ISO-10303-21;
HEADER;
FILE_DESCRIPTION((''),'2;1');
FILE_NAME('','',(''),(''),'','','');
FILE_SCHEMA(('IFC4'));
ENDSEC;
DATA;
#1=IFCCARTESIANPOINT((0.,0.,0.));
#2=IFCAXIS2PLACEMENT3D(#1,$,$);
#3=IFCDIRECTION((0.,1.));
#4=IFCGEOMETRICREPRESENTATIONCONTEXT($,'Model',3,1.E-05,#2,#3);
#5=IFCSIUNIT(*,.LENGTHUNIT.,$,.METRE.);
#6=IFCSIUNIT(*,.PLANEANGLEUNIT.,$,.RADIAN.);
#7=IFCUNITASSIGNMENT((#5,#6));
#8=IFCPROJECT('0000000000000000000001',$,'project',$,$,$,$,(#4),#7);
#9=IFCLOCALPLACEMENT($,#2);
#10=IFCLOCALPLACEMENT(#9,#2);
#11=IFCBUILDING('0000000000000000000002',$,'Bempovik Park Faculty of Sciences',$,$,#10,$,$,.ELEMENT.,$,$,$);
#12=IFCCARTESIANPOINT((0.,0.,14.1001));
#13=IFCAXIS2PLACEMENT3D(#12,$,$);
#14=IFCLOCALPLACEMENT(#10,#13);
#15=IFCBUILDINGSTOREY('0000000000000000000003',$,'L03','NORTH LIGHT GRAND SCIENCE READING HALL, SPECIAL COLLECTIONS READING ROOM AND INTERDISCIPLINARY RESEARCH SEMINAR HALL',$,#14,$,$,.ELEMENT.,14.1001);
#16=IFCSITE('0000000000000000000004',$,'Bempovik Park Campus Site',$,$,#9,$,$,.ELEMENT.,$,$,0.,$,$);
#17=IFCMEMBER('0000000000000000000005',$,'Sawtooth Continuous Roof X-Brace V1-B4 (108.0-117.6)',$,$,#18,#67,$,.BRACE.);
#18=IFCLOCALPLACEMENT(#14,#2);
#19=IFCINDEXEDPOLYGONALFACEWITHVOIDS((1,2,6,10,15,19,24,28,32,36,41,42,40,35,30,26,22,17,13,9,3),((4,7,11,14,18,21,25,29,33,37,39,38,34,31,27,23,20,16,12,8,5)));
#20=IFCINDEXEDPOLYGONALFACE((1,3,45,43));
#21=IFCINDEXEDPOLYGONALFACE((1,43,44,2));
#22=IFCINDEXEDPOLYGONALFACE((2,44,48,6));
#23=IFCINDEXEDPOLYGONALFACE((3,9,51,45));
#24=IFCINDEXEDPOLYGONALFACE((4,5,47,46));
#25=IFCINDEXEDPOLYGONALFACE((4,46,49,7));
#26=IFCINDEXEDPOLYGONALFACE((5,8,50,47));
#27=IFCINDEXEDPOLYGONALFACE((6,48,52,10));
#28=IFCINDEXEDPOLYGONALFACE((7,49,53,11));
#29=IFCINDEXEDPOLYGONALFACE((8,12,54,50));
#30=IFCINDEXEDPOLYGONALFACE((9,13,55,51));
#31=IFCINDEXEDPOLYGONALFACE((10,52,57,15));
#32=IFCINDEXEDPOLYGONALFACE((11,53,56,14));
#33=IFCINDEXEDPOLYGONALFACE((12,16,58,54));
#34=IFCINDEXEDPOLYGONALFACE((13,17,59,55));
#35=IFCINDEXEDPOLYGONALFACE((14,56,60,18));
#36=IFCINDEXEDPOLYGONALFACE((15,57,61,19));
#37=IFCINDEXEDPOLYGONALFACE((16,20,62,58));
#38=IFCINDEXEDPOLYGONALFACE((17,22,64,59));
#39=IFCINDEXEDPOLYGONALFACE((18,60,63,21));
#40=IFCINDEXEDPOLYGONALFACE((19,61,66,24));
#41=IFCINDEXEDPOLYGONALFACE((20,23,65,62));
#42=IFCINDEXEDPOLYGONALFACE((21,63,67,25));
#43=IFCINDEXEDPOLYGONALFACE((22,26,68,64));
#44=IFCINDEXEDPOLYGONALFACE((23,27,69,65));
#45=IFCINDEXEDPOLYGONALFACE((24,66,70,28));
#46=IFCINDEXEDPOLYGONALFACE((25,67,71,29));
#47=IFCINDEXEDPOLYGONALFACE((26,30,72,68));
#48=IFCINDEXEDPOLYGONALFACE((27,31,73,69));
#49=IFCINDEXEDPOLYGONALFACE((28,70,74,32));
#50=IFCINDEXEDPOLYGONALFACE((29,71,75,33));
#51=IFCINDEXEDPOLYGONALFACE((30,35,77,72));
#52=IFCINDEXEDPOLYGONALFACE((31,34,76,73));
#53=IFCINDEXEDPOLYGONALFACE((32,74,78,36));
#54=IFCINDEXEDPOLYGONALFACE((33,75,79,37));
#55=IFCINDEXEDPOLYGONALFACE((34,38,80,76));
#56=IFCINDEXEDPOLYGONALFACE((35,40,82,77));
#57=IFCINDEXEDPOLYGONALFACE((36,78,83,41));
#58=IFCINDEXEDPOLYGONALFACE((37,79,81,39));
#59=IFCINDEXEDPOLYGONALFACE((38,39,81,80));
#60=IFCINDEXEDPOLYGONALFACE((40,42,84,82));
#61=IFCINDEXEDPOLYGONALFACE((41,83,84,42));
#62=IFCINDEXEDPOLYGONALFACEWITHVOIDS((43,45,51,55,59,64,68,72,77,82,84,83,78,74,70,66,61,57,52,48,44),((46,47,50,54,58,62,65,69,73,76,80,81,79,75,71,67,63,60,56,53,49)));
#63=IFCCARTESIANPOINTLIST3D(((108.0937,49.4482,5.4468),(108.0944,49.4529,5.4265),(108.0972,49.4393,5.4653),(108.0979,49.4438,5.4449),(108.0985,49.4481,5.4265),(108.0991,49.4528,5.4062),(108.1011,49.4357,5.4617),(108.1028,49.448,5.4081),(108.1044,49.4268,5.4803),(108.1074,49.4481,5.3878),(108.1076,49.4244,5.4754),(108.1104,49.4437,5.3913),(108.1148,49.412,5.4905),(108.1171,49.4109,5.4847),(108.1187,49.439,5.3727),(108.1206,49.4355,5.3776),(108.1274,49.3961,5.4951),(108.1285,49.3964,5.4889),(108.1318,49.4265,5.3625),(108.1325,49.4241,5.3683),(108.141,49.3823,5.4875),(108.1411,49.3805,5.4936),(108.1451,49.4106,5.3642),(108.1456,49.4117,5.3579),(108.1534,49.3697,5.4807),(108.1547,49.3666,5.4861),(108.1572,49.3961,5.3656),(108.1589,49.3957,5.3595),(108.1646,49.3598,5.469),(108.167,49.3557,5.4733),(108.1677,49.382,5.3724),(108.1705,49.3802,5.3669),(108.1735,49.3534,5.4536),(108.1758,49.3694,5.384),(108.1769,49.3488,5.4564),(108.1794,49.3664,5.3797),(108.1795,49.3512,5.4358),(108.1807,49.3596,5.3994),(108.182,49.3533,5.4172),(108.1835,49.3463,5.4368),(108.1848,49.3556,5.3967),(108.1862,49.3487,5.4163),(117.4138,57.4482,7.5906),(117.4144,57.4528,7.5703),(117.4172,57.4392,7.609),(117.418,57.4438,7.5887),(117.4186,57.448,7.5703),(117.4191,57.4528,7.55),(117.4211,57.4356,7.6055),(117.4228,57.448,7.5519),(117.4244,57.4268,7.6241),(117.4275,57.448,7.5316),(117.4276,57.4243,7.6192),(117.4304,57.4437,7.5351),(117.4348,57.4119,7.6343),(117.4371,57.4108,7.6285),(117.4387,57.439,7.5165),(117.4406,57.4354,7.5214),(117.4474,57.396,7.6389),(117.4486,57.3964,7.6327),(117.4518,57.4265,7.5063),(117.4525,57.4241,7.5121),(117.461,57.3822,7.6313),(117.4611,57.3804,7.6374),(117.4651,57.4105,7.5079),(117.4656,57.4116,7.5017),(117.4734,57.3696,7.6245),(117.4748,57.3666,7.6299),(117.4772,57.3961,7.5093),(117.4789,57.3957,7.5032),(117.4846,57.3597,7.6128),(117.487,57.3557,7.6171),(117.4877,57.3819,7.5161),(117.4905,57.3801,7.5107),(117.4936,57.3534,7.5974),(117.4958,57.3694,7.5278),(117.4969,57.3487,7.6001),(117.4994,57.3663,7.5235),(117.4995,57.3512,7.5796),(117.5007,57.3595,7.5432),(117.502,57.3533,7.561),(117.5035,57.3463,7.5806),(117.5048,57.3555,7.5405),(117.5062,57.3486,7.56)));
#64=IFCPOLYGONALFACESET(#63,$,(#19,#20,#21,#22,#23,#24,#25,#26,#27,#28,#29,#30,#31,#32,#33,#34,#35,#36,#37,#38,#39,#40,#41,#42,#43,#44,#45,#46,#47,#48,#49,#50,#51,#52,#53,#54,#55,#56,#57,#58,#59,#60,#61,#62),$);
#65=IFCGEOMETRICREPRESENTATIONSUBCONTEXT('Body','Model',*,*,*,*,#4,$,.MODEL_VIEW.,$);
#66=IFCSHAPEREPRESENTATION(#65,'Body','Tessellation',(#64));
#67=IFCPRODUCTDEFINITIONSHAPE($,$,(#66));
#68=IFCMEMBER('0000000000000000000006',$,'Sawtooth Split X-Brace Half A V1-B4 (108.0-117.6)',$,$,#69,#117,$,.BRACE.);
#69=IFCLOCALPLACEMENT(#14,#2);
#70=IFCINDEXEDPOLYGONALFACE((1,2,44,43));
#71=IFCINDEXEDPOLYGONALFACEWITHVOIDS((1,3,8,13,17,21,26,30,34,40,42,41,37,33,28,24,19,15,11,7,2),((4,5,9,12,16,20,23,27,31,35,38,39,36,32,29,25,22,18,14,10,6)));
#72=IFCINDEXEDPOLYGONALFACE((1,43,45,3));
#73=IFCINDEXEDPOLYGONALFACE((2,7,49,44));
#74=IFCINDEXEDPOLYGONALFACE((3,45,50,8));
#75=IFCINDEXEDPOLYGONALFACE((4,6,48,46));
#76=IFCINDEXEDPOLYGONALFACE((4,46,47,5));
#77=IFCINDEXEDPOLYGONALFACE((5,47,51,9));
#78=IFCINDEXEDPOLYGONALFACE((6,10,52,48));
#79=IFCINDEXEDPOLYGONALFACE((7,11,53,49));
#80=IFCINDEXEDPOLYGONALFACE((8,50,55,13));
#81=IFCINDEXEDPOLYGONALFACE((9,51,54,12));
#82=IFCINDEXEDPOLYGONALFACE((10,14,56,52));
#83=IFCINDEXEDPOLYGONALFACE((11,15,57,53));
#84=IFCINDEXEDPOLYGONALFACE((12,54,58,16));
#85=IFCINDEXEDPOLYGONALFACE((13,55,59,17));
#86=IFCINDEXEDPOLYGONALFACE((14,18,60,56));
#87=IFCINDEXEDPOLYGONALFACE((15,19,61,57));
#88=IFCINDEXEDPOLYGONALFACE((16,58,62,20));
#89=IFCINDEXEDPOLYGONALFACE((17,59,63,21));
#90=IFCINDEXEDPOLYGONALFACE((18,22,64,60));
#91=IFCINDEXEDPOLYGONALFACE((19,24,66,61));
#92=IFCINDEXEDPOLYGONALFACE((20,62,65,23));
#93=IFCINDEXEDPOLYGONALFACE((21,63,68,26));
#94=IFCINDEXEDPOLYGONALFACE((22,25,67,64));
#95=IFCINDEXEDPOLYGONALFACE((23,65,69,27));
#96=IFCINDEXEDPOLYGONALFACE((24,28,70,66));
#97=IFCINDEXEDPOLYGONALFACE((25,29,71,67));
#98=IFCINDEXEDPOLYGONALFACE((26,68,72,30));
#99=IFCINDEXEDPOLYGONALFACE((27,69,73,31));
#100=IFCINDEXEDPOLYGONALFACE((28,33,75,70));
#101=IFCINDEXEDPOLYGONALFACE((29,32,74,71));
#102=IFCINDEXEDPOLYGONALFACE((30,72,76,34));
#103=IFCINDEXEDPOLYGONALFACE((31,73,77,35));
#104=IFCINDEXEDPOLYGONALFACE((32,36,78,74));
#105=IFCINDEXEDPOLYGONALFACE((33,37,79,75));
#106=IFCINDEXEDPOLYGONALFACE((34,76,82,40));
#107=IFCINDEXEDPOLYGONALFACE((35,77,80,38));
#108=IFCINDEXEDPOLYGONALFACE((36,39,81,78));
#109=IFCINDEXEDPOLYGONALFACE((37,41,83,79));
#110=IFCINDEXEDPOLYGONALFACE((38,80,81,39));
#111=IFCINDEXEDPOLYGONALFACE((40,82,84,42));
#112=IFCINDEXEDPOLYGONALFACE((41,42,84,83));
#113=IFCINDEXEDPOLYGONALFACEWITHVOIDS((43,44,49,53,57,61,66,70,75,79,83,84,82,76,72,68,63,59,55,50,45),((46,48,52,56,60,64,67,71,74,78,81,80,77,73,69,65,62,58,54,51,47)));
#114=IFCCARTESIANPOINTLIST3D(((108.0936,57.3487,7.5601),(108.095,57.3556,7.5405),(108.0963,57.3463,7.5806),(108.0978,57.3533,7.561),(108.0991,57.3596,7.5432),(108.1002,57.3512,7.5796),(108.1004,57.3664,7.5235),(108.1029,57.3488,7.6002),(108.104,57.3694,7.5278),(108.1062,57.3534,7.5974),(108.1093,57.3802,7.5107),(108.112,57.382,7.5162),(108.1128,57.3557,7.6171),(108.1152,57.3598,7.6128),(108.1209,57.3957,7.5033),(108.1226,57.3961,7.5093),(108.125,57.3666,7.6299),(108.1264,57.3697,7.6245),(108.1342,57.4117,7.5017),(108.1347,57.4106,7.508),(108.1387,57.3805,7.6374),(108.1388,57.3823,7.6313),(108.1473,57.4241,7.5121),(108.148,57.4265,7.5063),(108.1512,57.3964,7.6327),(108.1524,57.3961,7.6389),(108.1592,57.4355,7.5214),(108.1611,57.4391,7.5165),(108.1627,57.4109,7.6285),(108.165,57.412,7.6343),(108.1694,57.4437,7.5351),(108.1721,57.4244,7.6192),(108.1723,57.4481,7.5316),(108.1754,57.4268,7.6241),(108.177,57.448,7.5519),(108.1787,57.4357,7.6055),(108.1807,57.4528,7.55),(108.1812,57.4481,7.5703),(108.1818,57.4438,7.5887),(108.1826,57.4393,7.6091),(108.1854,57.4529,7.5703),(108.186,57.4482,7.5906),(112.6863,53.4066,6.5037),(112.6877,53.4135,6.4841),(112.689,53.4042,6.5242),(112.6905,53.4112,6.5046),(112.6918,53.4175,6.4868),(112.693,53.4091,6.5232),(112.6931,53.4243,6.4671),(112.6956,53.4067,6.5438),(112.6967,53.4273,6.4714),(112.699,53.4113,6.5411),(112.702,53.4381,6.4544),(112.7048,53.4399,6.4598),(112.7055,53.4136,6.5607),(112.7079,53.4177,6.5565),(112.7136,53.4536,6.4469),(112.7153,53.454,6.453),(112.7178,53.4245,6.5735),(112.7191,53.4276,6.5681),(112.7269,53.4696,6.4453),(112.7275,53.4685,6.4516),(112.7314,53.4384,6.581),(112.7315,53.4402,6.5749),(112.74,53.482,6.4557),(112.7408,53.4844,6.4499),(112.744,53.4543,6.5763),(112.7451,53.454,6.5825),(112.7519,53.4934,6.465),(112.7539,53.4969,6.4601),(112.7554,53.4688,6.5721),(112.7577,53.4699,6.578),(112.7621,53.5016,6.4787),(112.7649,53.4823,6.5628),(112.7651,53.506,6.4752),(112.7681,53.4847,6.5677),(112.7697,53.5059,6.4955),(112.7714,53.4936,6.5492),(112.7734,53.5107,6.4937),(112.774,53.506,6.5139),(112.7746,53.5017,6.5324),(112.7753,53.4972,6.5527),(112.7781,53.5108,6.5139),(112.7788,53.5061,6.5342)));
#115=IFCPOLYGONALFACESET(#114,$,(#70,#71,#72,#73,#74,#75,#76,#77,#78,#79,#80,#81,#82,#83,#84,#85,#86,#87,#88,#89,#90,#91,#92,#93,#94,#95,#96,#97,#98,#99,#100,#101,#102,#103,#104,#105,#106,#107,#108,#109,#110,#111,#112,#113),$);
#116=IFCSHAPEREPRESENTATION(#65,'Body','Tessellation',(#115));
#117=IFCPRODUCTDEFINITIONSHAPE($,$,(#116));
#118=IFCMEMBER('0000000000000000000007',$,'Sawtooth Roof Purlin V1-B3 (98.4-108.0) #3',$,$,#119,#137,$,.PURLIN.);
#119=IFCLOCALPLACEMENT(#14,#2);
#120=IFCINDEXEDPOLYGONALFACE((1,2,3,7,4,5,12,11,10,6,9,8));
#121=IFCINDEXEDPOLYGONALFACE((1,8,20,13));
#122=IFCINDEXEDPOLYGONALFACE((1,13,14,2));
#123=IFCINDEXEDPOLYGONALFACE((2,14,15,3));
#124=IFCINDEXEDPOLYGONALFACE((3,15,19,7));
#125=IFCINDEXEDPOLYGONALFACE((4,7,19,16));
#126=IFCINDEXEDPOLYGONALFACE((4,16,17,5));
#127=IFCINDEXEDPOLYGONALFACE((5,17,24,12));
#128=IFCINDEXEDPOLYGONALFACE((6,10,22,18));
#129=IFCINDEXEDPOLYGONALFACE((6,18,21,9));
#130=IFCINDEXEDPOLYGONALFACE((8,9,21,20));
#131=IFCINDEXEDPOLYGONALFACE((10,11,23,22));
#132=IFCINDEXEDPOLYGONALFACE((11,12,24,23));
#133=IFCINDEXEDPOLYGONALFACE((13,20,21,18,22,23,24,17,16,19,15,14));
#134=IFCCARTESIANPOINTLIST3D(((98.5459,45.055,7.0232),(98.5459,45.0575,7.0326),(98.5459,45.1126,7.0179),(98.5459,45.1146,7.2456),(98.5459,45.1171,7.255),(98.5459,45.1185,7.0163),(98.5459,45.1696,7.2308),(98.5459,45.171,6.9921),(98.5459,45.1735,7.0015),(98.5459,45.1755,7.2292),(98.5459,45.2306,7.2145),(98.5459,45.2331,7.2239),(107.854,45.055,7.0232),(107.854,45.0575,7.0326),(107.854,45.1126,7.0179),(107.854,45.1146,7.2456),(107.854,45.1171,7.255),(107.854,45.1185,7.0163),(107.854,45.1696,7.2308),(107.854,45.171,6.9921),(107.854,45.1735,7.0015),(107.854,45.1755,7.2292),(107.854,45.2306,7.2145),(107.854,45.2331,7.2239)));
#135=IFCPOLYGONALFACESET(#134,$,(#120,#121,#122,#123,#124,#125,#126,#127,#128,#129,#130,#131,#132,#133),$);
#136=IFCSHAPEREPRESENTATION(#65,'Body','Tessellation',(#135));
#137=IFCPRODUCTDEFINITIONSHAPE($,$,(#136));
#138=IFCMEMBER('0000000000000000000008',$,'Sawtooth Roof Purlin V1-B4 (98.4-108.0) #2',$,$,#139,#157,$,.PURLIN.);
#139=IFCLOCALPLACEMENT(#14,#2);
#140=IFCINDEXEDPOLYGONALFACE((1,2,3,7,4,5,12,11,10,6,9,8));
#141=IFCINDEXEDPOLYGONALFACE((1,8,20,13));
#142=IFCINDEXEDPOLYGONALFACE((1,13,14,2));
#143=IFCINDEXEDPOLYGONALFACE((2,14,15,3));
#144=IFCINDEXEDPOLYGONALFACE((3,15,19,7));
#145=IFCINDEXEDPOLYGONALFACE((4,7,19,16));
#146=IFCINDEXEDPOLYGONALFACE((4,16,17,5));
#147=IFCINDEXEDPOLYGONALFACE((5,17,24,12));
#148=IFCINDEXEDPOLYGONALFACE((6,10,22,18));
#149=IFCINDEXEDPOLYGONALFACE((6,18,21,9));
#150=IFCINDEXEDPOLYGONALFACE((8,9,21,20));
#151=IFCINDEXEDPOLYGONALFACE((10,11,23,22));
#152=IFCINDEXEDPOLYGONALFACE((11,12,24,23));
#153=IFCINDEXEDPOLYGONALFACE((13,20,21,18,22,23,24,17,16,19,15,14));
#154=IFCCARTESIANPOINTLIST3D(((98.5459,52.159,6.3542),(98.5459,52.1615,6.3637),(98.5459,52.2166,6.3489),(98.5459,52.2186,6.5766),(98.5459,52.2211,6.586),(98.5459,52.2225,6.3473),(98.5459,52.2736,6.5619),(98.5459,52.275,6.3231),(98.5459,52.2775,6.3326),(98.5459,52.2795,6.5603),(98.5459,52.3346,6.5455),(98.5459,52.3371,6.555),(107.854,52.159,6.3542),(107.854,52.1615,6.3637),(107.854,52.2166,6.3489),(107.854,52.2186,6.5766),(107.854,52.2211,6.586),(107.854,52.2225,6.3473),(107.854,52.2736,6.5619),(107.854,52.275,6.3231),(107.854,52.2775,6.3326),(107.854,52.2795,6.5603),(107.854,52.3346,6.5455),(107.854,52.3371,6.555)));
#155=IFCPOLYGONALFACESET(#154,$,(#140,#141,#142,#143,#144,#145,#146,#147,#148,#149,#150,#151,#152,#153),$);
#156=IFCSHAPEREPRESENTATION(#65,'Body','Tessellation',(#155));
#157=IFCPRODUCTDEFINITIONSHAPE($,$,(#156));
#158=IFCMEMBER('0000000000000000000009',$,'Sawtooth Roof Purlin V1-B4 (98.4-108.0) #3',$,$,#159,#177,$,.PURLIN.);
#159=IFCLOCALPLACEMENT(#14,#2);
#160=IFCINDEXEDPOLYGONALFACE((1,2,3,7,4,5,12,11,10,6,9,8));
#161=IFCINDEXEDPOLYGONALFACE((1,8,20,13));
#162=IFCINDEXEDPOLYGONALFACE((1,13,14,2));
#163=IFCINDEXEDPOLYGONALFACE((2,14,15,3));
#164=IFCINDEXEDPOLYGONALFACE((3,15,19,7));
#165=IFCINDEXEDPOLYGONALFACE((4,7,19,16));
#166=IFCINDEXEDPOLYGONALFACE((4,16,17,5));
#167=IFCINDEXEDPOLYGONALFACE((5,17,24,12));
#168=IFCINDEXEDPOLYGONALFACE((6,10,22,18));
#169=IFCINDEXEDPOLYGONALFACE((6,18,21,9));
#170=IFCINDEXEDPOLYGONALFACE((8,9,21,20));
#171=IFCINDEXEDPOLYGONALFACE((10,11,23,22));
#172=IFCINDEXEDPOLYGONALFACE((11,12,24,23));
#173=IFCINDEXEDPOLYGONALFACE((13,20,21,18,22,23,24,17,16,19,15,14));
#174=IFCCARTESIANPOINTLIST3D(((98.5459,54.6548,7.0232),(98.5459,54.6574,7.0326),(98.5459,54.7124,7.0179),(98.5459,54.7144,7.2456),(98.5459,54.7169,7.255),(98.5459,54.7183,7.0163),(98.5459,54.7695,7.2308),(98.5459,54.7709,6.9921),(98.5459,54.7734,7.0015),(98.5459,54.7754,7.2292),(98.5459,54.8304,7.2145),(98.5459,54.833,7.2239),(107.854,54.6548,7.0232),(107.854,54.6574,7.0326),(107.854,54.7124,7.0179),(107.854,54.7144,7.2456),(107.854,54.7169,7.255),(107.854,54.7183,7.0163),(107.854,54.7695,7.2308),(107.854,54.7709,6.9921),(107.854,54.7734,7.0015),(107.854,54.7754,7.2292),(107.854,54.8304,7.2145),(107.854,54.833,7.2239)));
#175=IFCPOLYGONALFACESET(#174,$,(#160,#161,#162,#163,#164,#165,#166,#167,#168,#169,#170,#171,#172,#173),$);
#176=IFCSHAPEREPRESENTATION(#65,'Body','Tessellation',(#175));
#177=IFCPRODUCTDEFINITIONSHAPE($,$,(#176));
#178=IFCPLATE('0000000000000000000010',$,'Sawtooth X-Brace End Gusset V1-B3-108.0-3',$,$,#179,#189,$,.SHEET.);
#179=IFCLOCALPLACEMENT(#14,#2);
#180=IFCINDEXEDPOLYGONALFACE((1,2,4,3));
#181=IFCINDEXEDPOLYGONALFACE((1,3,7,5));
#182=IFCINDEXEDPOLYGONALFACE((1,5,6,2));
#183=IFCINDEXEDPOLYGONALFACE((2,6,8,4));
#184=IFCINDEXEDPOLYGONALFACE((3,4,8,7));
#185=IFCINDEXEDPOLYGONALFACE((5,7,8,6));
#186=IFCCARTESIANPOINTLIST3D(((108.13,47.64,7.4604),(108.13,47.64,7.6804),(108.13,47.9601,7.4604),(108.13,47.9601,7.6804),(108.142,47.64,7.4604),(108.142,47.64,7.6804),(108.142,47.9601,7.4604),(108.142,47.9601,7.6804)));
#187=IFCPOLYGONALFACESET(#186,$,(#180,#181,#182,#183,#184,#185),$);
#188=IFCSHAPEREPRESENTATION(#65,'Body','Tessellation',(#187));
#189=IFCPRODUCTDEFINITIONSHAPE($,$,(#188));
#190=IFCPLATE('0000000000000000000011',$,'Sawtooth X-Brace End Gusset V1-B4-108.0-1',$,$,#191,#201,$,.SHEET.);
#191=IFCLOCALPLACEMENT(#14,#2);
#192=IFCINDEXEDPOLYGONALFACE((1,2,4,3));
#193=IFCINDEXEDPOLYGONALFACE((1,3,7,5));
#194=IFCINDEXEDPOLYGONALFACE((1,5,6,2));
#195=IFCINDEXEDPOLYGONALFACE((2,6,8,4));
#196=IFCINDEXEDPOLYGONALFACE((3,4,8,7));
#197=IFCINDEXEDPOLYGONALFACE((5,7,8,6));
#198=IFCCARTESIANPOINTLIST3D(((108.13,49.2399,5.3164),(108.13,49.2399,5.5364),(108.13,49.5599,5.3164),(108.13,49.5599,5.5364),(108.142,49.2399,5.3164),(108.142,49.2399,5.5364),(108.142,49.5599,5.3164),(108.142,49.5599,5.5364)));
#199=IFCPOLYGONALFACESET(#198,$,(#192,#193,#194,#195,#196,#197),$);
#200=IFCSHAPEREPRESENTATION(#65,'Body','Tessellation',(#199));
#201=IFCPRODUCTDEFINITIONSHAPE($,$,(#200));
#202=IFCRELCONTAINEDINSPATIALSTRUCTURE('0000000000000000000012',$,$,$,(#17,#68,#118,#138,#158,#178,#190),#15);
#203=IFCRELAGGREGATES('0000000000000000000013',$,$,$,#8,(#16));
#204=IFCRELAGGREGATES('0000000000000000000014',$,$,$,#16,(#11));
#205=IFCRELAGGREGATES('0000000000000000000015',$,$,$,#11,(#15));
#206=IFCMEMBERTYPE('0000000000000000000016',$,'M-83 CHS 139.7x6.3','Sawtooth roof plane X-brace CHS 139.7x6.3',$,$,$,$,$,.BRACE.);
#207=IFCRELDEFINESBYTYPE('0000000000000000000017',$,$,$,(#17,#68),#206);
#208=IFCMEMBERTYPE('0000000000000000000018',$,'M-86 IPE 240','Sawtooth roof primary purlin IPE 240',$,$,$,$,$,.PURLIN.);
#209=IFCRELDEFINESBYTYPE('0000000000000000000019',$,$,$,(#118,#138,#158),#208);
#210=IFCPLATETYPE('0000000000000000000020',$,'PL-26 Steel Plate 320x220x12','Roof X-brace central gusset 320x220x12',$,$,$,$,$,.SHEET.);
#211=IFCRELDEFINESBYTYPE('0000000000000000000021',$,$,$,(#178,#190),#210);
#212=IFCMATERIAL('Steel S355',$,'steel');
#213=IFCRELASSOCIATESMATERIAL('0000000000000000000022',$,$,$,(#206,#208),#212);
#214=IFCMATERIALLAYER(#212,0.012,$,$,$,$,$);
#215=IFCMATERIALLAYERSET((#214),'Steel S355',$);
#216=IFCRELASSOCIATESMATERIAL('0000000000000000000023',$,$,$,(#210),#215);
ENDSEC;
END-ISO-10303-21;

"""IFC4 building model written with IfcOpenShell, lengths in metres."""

from ifc_helpers import new_model, si_unit, direction, frame, origin, origin_2d, place, context, subcontext, project, spatial, rectangle, hollow_circle, i_section, extrude, material, layer, layer_set, material_profile, profile_set, type_object, element, save


model = new_model("IFC4")

# Units and contexts
model_context = context("Model", 3, precision=1e-05, world=origin(), true_north=direction((0.0, 1.0)))
body_context = subcontext(model_context, "Body", "Model", "MODEL_VIEW")
ifc_project = project(units=[si_unit("LENGTHUNIT", "METRE"), si_unit("PLANEANGLEUNIT", "RADIAN")], contexts=[model_context])

# Site, building, storey
site_placement = place(None, origin())
site = spatial("IfcSite", under=ifc_project, at=site_placement, Name="Bempovik Park Campus Site", CompositionType="ELEMENT", RefElevation=0.0)
building_placement = place(site_placement, origin())
building = spatial("IfcBuilding", under=site, at=building_placement, Name="Bempovik Park Faculty of Sciences", CompositionType="ELEMENT")
storey_placement = place(building_placement, frame((0.0, 0.0, 14.1001)))
storey = spatial("IfcBuildingStorey", under=building, at=storey_placement, Name="L03", Description="NORTH LIGHT GRAND SCIENCE READING HALL, SPECIAL COLLECTIONS READING ROOM AND INTERDISCIPLINARY RESEARCH SEMINAR HALL", CompositionType="ELEMENT", Elevation=14.1001)

# Shared definitions
ifc_material_1 = material(Name="Steel S355", Category="steel")

# Members
ifc_material_profile_1 = material_profile(ifc_material_1, hollow_circle(Radius=0.0698, WallThickness=0.0063, at=origin_2d()), Name="CHS 139.7x6.3")
ifc_profile_set_1 = profile_set([ifc_material_profile_1], Name="Steel S355")
member_type_1 = type_object("IfcMemberType", Name="M-83 CHS 139.7x6.3", Description="Sawtooth roof plane X-brace CHS 139.7x6.3", PredefinedType="BRACE", material=ifc_profile_set_1)
member_1_placement = place(storey_placement, frame((108.1399, 49.3999, 5.4265), z_axis=(0.747499, 0.641625, 0.171939), x_axis=(-0.651325, 0.758799, 0.0)))
element("IfcMember", 1, at=member_1_placement, inside=storey, type_object=member_type_1, Name="Sawtooth Continuous Roof X-Brace V1-B4 (108.0-117.6)", PredefinedType="BRACE", context=body_context, shape_type="SweptSolid", body=[
    extrude(hollow_circle(Radius=0.0698, WallThickness=0.0063, at=origin_2d()), origin(), (0.0, 0.0, 1.0), 12.4683),
])
member_2_placement = place(storey_placement, frame((108.1399, 57.3999, 7.5703), z_axis=(0.747509, -0.641613, -0.171937), x_axis=(0.651313, 0.758809, 0.0)))
element("IfcMember", 2, at=member_2_placement, inside=storey, type_object=member_type_1, Name="Sawtooth Split X-Brace Half A V1-B4 (108.0-117.6)", PredefinedType="BRACE", context=body_context, shape_type="SweptSolid", body=[
    extrude(hollow_circle(Radius=0.0698, WallThickness=0.0063, at=origin_2d()), origin(), (0.0, 0.0, 1.0), 6.144),
])
ifc_material_profile_2 = material_profile(ifc_material_1, i_section(OverallWidth=0.1201, OverallDepth=0.24, WebThickness=0.0061, FlangeThickness=0.0098, at=origin_2d()), Name="IPE 240")
ifc_profile_set_2 = profile_set([ifc_material_profile_2], Name="Steel S355")
member_type_2 = type_object("IfcMemberType", Name="M-86 IPE 240", Description="Sawtooth roof primary purlin IPE 240", PredefinedType="PURLIN", material=ifc_profile_set_2)
for number, where, z_axis, x_axis, name in (
    (3, (98.5459, 45.144, 7.1235), (1.0, 0.0, 0.0), (0.0, 0.965926, -0.258819), "Sawtooth Roof Purlin V1-B3 (98.4-108.0) #3"),
    (4, (98.5459, 52.248, 6.4546), (1.0, 0.0, 0.0), (0.0, 0.965926, -0.258819), "Sawtooth Roof Purlin V1-B4 (98.4-108.0) #2"),
    (5, (98.5459, 54.7439, 7.1235), (1.0, 0.0, 0.0), (0.0, 0.965926, -0.258819), "Sawtooth Roof Purlin V1-B4 (98.4-108.0) #3"),
):
    element("IfcMember", number, at=place(storey_placement, frame(where, z_axis=z_axis, x_axis=x_axis)), inside=storey, type_object=member_type_2, Name=name, PredefinedType="PURLIN", context=body_context, shape_type="SweptSolid", body=[
        extrude(i_section(OverallWidth=0.1201, OverallDepth=0.24, WebThickness=0.0061, FlangeThickness=0.0098, at=origin_2d()), origin(), (0.0, 0.0, 1.0), 9.3081),
    ])

# Plates
ifc_layer_1 = layer(ifc_material_1, 0.012)
ifc_layer_set_1 = layer_set([ifc_layer_1], Name="Steel S355")
plate_type_1 = type_object("IfcPlateType", Name="PL-26 Steel Plate 320x220x12", Description="Roof X-brace central gusset 320x220x12", PredefinedType="SHEET", material=ifc_layer_set_1)
for number, where, z_axis, x_axis, name in (
    (6, (108.136, 47.8, 7.4604), (0.0, 0.0, 1.0), (1.0, 0.0, 0.0), "Sawtooth X-Brace End Gusset V1-B3-108.0-3"),
    (7, (108.136, 49.3999, 5.3164), (0.0, 0.0, 1.0), (1.0, 0.0, 0.0), "Sawtooth X-Brace End Gusset V1-B4-108.0-1"),
):
    element("IfcPlate", number, at=place(storey_placement, frame(where, z_axis=z_axis, x_axis=x_axis)), inside=storey, type_object=plate_type_1, Name=name, PredefinedType="SHEET", context=body_context, shape_type="SweptSolid", body=[
        extrude(rectangle(XDim=0.012, YDim=0.3201, at=origin_2d()), origin(), (0.0, 0.0, 1.0), 0.22),
    ])

save(model, "model.ifc")
